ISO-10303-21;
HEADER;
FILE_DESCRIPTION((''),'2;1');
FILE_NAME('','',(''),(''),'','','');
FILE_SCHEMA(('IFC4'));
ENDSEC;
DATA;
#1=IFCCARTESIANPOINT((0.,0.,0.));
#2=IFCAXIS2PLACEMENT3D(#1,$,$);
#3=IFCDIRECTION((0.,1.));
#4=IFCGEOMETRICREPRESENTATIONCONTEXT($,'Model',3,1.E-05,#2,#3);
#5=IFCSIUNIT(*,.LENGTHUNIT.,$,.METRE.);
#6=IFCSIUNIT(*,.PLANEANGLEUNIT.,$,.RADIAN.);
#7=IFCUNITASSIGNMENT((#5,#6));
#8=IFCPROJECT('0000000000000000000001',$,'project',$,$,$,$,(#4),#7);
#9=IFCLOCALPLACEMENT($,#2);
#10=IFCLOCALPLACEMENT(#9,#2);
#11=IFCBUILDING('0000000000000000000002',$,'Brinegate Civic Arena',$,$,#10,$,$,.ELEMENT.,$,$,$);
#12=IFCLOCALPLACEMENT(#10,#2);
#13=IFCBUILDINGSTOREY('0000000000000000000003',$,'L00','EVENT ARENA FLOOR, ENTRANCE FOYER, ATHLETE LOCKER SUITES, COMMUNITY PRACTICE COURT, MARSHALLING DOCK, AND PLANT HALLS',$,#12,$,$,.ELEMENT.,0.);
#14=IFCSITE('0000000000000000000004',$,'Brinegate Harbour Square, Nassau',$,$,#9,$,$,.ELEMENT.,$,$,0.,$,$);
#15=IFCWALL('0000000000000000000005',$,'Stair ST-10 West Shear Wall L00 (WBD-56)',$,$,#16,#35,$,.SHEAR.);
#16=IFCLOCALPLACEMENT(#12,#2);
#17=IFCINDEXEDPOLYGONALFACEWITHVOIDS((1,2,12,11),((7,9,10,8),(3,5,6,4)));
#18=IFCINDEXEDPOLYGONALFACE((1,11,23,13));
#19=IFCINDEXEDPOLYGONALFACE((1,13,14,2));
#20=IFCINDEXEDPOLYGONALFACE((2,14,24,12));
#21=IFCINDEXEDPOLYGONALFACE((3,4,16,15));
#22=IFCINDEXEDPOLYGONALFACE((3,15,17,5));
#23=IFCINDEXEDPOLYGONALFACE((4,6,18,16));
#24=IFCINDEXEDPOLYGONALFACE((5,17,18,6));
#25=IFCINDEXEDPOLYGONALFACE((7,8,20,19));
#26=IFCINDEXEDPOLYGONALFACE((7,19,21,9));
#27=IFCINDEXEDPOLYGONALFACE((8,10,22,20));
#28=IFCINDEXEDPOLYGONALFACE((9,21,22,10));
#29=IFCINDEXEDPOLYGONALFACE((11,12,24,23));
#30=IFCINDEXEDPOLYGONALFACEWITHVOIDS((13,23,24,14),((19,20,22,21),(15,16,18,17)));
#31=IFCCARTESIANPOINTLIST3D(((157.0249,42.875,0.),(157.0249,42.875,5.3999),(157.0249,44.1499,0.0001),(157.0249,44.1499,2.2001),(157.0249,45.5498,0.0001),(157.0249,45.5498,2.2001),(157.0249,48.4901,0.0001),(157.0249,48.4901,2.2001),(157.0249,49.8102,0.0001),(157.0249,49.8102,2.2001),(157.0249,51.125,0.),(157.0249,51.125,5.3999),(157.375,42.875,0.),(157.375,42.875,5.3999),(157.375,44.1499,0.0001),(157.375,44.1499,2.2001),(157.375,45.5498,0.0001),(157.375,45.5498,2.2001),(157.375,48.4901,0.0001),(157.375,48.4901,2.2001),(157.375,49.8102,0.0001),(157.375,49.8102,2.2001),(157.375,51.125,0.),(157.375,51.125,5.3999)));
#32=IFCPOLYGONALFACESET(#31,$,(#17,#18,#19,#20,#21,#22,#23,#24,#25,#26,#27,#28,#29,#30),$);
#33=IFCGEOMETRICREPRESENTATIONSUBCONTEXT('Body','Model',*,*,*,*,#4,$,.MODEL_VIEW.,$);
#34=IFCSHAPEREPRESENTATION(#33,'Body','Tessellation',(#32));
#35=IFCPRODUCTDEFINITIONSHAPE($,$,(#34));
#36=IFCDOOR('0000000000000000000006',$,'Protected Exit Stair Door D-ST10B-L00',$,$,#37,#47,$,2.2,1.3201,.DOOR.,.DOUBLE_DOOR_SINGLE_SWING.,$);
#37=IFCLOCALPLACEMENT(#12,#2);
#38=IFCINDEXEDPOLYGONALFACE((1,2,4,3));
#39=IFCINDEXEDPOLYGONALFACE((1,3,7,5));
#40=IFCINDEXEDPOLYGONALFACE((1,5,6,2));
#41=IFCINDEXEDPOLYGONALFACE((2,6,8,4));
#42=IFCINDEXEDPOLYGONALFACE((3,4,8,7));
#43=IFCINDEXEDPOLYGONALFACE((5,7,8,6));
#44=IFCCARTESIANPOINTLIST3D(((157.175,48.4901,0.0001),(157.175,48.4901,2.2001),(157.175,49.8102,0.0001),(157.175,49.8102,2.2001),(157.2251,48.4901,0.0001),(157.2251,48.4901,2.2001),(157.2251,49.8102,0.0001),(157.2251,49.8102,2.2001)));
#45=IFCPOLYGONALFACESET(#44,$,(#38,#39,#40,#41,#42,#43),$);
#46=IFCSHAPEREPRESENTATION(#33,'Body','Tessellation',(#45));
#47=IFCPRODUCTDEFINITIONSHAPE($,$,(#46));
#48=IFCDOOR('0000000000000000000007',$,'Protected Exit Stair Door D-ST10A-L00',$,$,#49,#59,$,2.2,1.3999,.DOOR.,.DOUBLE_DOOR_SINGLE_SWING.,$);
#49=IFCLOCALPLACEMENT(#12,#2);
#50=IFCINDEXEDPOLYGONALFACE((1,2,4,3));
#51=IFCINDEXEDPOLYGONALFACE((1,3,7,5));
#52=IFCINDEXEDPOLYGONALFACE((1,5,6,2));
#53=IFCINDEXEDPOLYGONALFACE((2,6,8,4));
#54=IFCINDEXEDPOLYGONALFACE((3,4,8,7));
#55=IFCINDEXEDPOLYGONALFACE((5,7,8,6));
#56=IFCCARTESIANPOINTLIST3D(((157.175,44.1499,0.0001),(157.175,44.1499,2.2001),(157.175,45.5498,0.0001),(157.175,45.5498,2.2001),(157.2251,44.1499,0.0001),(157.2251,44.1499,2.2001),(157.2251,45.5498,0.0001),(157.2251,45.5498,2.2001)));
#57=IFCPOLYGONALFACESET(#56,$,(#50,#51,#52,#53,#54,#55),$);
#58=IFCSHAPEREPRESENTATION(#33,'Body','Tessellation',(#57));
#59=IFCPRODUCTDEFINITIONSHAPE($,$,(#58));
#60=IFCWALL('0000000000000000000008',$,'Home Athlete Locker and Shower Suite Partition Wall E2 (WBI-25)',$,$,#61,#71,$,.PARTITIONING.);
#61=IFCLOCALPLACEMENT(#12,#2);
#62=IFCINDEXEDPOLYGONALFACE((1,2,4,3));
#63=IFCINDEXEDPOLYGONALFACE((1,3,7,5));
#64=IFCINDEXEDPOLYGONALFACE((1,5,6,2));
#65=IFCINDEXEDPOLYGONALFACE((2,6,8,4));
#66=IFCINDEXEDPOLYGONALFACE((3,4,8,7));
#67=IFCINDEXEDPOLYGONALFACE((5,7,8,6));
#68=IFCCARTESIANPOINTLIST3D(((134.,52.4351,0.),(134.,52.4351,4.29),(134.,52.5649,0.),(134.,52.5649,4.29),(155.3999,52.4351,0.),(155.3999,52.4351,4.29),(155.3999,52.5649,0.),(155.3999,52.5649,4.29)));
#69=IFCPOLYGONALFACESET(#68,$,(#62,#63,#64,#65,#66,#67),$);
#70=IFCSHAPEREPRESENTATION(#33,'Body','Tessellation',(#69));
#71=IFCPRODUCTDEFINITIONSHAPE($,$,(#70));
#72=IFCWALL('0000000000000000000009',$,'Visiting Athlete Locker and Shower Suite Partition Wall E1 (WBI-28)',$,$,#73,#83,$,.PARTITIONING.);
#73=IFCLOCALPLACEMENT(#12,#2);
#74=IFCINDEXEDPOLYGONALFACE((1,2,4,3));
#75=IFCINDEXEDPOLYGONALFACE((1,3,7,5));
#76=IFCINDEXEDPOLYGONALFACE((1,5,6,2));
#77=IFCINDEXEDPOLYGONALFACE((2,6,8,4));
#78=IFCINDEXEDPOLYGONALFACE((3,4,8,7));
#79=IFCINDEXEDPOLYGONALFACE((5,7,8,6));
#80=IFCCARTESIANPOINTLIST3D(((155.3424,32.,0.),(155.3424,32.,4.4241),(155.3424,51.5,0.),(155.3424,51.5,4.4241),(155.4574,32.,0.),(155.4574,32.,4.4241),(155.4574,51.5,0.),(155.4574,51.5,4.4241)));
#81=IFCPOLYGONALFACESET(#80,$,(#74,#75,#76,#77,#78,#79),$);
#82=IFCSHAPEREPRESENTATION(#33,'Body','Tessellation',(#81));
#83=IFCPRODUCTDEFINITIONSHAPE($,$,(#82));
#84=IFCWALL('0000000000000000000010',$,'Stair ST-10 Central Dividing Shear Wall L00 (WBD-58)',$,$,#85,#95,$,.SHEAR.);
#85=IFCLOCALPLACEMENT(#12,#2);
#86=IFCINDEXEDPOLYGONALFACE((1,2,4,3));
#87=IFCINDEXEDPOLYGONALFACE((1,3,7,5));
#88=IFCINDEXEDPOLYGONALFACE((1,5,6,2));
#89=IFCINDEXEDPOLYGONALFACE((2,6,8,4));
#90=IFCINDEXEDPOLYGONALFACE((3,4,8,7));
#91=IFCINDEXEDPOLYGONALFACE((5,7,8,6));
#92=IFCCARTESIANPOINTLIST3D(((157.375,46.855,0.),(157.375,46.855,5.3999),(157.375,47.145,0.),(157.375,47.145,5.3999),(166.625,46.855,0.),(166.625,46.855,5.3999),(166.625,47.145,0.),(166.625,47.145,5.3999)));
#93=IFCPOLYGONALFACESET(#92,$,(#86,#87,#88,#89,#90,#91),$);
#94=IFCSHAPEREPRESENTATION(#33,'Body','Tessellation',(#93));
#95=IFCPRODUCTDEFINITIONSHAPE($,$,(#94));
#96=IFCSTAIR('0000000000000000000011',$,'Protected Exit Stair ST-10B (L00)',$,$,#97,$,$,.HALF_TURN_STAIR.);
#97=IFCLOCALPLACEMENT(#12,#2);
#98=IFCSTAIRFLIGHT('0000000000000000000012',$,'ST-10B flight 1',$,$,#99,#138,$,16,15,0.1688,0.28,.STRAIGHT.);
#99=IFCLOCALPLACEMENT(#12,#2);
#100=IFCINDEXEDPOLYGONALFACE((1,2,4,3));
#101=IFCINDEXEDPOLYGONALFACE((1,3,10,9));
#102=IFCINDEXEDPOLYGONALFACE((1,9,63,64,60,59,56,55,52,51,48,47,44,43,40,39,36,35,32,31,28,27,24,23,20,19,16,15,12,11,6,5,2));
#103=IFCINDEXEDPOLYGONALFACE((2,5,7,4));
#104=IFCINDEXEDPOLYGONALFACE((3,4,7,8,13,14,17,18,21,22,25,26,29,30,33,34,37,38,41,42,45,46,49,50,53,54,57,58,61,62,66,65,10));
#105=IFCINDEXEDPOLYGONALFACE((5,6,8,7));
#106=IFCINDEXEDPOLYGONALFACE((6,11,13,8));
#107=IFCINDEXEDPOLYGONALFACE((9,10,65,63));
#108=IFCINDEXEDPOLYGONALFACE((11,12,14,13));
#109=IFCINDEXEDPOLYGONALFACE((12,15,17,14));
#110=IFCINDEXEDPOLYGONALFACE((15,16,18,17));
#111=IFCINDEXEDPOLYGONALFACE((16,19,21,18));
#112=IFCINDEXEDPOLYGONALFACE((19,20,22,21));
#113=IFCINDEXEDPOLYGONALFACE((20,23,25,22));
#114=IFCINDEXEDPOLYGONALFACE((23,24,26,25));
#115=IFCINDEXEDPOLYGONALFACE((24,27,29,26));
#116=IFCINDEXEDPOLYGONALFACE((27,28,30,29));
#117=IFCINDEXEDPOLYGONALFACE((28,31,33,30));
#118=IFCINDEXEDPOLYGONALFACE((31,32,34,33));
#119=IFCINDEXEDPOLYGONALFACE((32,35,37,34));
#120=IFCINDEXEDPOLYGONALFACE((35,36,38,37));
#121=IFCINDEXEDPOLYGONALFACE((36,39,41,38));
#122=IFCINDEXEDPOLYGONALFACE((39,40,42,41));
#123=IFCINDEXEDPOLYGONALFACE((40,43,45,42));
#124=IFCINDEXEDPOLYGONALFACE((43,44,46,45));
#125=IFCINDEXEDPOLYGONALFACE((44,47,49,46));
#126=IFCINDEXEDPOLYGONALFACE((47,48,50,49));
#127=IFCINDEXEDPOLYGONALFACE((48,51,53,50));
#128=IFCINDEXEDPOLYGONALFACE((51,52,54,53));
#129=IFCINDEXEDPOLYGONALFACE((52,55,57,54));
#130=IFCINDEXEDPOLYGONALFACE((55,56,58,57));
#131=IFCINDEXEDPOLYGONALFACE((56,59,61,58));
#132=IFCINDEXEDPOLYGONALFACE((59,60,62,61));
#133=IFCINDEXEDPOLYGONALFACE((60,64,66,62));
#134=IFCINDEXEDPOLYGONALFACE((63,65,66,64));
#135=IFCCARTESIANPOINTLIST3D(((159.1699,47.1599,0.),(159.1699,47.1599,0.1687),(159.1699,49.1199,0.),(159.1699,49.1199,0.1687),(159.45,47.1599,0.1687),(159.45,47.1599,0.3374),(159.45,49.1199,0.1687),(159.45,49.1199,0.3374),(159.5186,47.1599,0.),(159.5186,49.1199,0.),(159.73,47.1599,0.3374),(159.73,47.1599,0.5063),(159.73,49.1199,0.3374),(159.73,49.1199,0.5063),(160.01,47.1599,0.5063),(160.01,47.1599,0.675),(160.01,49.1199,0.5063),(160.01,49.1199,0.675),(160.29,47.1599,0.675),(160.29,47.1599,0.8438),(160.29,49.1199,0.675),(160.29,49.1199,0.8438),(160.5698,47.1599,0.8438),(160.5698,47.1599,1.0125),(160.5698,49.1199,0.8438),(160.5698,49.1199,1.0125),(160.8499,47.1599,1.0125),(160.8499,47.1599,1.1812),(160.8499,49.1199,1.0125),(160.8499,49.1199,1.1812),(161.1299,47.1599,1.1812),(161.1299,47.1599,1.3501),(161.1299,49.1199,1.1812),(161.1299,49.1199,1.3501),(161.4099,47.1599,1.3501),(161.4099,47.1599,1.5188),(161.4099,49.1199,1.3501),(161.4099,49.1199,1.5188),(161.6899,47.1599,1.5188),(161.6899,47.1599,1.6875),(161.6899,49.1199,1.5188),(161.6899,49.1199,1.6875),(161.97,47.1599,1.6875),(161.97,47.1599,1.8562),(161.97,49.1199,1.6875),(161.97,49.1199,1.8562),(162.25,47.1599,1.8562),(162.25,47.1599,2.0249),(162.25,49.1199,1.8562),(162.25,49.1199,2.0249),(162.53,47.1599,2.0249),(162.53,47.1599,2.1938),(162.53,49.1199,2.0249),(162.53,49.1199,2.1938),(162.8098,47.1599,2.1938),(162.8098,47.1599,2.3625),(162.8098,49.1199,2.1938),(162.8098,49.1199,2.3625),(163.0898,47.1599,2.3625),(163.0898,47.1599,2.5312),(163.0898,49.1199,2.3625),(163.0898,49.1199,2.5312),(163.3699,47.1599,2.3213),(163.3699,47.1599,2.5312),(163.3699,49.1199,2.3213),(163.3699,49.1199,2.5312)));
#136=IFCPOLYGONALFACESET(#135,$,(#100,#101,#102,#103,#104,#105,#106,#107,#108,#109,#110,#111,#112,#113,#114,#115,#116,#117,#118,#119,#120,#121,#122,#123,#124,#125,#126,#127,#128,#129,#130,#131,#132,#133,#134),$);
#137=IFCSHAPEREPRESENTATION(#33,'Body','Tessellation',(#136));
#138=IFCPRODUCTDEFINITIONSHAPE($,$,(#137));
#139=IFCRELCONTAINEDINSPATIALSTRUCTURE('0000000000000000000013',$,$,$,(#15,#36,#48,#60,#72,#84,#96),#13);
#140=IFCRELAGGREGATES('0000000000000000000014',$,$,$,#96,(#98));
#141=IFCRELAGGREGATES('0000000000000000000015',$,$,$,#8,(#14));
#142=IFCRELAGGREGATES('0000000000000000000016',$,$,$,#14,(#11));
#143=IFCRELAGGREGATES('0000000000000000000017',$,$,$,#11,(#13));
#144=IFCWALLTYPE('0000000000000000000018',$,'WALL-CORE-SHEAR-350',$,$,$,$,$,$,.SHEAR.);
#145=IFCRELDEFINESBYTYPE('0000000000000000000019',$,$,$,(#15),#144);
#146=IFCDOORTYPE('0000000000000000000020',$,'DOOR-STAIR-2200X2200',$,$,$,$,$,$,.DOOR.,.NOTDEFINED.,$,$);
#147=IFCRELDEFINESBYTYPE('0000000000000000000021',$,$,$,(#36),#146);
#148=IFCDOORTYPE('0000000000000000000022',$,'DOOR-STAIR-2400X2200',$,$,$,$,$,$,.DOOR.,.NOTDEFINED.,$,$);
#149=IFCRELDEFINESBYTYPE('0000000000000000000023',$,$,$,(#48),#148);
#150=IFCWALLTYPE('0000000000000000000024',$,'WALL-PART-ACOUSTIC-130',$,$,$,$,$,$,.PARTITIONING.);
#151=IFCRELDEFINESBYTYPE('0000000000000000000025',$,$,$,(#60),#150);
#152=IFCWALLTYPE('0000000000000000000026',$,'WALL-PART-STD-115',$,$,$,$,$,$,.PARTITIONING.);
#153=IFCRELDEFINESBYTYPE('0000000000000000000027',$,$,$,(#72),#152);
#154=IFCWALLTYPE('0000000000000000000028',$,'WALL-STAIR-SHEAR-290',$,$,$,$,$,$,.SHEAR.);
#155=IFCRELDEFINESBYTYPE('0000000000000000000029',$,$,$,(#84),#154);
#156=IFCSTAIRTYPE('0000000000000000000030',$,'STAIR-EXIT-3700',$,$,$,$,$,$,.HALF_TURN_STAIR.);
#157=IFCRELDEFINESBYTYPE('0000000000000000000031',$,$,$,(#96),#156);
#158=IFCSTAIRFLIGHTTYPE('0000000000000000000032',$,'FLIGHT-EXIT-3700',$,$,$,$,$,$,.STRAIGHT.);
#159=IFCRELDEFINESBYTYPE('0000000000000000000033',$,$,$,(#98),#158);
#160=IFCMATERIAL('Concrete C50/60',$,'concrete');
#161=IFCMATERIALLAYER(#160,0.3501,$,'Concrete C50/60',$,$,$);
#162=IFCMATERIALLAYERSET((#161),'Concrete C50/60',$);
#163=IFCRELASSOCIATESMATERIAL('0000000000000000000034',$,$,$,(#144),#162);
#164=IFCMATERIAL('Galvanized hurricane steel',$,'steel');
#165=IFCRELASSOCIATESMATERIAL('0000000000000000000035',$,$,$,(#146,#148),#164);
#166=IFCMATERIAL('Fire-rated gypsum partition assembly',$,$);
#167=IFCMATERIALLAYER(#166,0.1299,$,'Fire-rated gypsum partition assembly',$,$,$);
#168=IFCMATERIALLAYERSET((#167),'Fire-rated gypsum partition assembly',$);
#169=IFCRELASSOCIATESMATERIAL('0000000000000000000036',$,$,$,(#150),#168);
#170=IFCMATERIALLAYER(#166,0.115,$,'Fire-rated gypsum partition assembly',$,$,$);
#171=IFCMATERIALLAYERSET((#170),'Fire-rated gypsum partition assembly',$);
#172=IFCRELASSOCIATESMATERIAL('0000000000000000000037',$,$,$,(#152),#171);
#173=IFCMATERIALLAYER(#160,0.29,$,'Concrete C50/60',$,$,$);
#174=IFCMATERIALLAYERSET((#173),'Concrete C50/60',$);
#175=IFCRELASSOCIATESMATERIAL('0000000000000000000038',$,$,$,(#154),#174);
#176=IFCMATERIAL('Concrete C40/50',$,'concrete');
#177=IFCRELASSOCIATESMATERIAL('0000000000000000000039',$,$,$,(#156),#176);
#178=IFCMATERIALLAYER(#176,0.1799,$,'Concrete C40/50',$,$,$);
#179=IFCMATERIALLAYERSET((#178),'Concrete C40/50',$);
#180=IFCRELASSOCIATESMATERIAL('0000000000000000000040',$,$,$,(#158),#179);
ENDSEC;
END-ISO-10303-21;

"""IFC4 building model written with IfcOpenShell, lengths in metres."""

from ifc_helpers import new_model, si_unit, direction, frame, frame_2d, origin, place, context, subcontext, project, spatial, polyline, rectangle, outline, extrude, material, layer, layer_set, type_object, element, fill, aggregate, save


model = new_model("IFC4")

# Units and contexts
model_context = context("Model", 3, precision=1e-05, world=origin(), true_north=direction((0.0, 1.0)))
body_context = subcontext(model_context, "Body", "Model", "MODEL_VIEW")
ifc_project = project(units=[si_unit("LENGTHUNIT", "METRE"), si_unit("PLANEANGLEUNIT", "RADIAN")], contexts=[model_context])

# Site, building, storey
site_placement = place(None, origin())
site = spatial("IfcSite", under=ifc_project, at=site_placement, Name="Brinegate Harbour Square, Nassau", CompositionType="ELEMENT", RefElevation=0.0)
building_placement = place(site_placement, origin())
building = spatial("IfcBuilding", under=site, at=building_placement, Name="Brinegate Civic Arena", CompositionType="ELEMENT")
storey_placement = place(building_placement, origin())
storey = spatial("IfcBuildingStorey", under=building, at=storey_placement, Name="L00", Description="EVENT ARENA FLOOR, ENTRANCE FOYER, ATHLETE LOCKER SUITES, COMMUNITY PRACTICE COURT, MARSHALLING DOCK, AND PLANT HALLS", CompositionType="ELEMENT", Elevation=0.0)

# Shared definitions
ifc_material_1 = material(Name="Concrete C40/50", Category="concrete")

# Shared definitions
ifc_material_2 = material(Name="Concrete C50/60", Category="concrete")

# Shared definitions
ifc_layer_1 = layer(ifc_material_2, 0.3501, Name="Concrete C50/60")
ifc_layer_set_1 = layer_set([ifc_layer_1], Name="Concrete C50/60")
wall_type_1 = type_object("IfcWallType", Name="WALL-CORE-SHEAR-350", PredefinedType="SHEAR", material=ifc_layer_set_1)

# Wall, openings, doors
wall_1_placement = place(storey_placement, frame((157.2, 42.875, 0.0), z_axis=(0.0, 0.0, 1.0), x_axis=(0.0, 1.0, 0.0)))
wall_1 = element("IfcWall", 1, at=wall_1_placement, inside=storey, type_object=wall_type_1, Name="Stair ST-10 West Shear Wall L00 (WBD-56)", PredefinedType="SHEAR", context=body_context, shape_type="SweptSolid", body=[
    extrude(rectangle(XDim=8.25, YDim=0.3501, at=frame_2d((4.125, 0.0))), origin(), (0.0, 0.0, 1.0), 5.3999),
])
opening_1_placement = place(wall_1_placement, frame((1.2749, 0.0, 0.0)))
opening_1 = element("IfcOpeningElement", 2, at=opening_1_placement, cuts=wall_1, PredefinedType="OPENING", context=body_context, shape_type="SweptSolid", body=[
    extrude(rectangle(XDim=1.3999, YDim=2.2, at=frame_2d((0.7, 1.1001))), frame((0.0, 0.1851, 0.0), z_axis=(0.0, -1.0, 0.0), x_axis=(1.0, 0.0, 0.0)), (0.0, 0.0, 1.0), 0.3701),
])
opening_2_placement = place(wall_1_placement, frame((5.615, 0.0, 0.0)))
opening_2 = element("IfcOpeningElement", 3, at=opening_2_placement, cuts=wall_1, PredefinedType="OPENING", context=body_context, shape_type="SweptSolid", body=[
    extrude(rectangle(XDim=1.3201, YDim=2.2, at=frame_2d((0.6602, 1.1001))), frame((0.0, 0.1851, 0.0), z_axis=(0.0, -1.0, 0.0), x_axis=(1.0, 0.0, 0.0)), (0.0, 0.0, 1.0), 0.3701),
])
ifc_material_3 = material(Name="Galvanized hurricane steel", Category="steel")
door_type_1 = type_object("IfcDoorType", Name="DOOR-STAIR-2200X2200", OperationType="NOTDEFINED", PredefinedType="DOOR", material=ifc_material_3)
door_1_placement = place(opening_2_placement, origin())
door_1 = element("IfcDoor", 4, at=door_1_placement, inside=storey, type_object=door_type_1, Name="Protected Exit Stair Door D-ST10B-L00", OperationType="DOUBLE_DOOR_SINGLE_SWING", OverallHeight=2.2, OverallWidth=1.3201, PredefinedType="DOOR", context=body_context, shape_type="SweptSolid", body=[
    extrude(rectangle(XDim=1.3201, YDim=2.2, at=frame_2d((0.6602, 1.1001))), frame((0.0, 0.0249, 0.0), z_axis=(0.0, -1.0, 0.0), x_axis=(1.0, 0.0, 0.0)), (0.0, 0.0, 1.0), 0.05),
])
fill(opening_2, door_1)
door_type_2 = type_object("IfcDoorType", Name="DOOR-STAIR-2400X2200", OperationType="NOTDEFINED", PredefinedType="DOOR", material=ifc_material_3)
door_2_placement = place(opening_1_placement, origin())
door_2 = element("IfcDoor", 5, at=door_2_placement, inside=storey, type_object=door_type_2, Name="Protected Exit Stair Door D-ST10A-L00", OperationType="DOUBLE_DOOR_SINGLE_SWING", OverallHeight=2.2, OverallWidth=1.3999, PredefinedType="DOOR", context=body_context, shape_type="SweptSolid", body=[
    extrude(rectangle(XDim=1.3999, YDim=2.2, at=frame_2d((0.7, 1.1001))), frame((0.0, 0.0249, 0.0), z_axis=(0.0, -1.0, 0.0), x_axis=(1.0, 0.0, 0.0)), (0.0, 0.0, 1.0), 0.05),
])
fill(opening_1, door_2)

# Walls
ifc_material_4 = material(Name="Fire-rated gypsum partition assembly")
ifc_layer_2 = layer(ifc_material_4, 0.1299, Name="Fire-rated gypsum partition assembly")
ifc_layer_set_2 = layer_set([ifc_layer_2], Name="Fire-rated gypsum partition assembly")
wall_type_2 = type_object("IfcWallType", Name="WALL-PART-ACOUSTIC-130", PredefinedType="PARTITIONING", material=ifc_layer_set_2)
wall_2_placement = place(storey_placement, frame((155.3999, 52.5, 0.0), z_axis=(0.0, 0.0, 1.0), x_axis=(-1.0, 0.0, 0.0)))
element("IfcWall", 6, at=wall_2_placement, inside=storey, type_object=wall_type_2, Name="Home Athlete Locker and Shower Suite Partition Wall E2 (WBI-25)", PredefinedType="PARTITIONING", context=body_context, shape_type="SweptSolid", body=[
    extrude(rectangle(XDim=21.3999, YDim=0.1299, at=frame_2d((10.7, 0.0))), origin(), (0.0, 0.0, 1.0), 4.29),
])
ifc_layer_3 = layer(ifc_material_4, 0.115, Name="Fire-rated gypsum partition assembly")
ifc_layer_set_3 = layer_set([ifc_layer_3], Name="Fire-rated gypsum partition assembly")
wall_type_3 = type_object("IfcWallType", Name="WALL-PART-STD-115", PredefinedType="PARTITIONING", material=ifc_layer_set_3)
wall_3_placement = place(storey_placement, frame((155.3999, 51.5, 0.0), z_axis=(0.0, 0.0, 1.0), x_axis=(0.0, -1.0, 0.0)))
element("IfcWall", 7, at=wall_3_placement, inside=storey, type_object=wall_type_3, Name="Visiting Athlete Locker and Shower Suite Partition Wall E1 (WBI-28)", PredefinedType="PARTITIONING", context=body_context, shape_type="SweptSolid", body=[
    extrude(rectangle(XDim=19.5, YDim=0.115, at=frame_2d((9.75, 0.0))), origin(), (0.0, 0.0, 1.0), 4.4241),
])
ifc_layer_4 = layer(ifc_material_2, 0.29, Name="Concrete C50/60")
ifc_layer_set_4 = layer_set([ifc_layer_4], Name="Concrete C50/60")
wall_type_4 = type_object("IfcWallType", Name="WALL-STAIR-SHEAR-290", PredefinedType="SHEAR", material=ifc_layer_set_4)
wall_4_placement = place(storey_placement, frame((157.375, 47.0, 0.0), z_axis=(0.0, 0.0, 1.0), x_axis=(1.0, 0.0, 0.0)))
element("IfcWall", 8, at=wall_4_placement, inside=storey, type_object=wall_type_4, Name="Stair ST-10 Central Dividing Shear Wall L00 (WBD-58)", PredefinedType="SHEAR", context=body_context, shape_type="SweptSolid", body=[
    extrude(rectangle(XDim=9.25, YDim=0.29, at=frame_2d((4.625, 0.0))), origin(), (0.0, 0.0, 1.0), 5.3999),
])

# Stair, stair flight
stair_type_1 = type_object("IfcStairType", Name="STAIR-EXIT-3700", PredefinedType="HALF_TURN_STAIR", material=ifc_material_1)
stair_1_placement = place(storey_placement, origin())
stair_1 = element("IfcStair", 9, at=stair_1_placement, inside=storey, type_object=stair_type_1, Name="Protected Exit Stair ST-10B (L00)", PredefinedType="HALF_TURN_STAIR")
ifc_layer_5 = layer(ifc_material_1, 0.1799, Name="Concrete C40/50")
ifc_layer_set_5 = layer_set([ifc_layer_5], Name="Concrete C40/50")
stair_flight_type_1 = type_object("IfcStairFlightType", Name="FLIGHT-EXIT-3700", PredefinedType="STRAIGHT", material=ifc_layer_set_5)
stair_flight_1_placement = place(storey_placement, frame((159.1699, 48.1399, 0.0), z_axis=(0.0, 0.0, 1.0), x_axis=(1.0, 0.0, 0.0)))
stair_flight_1 = element("IfcStairFlight", 10, at=stair_flight_1_placement, type_object=stair_flight_type_1, Name="ST-10B flight 1", NumberOfRisers=16, NumberOfTreads=15, PredefinedType="STRAIGHT", RiserHeight=0.1688, TreadLength=0.28, context=body_context, shape_type="SweptSolid", body=[
    extrude(outline(polyline([(0.0, 0.0), (0.0, 0.1687), (0.28, 0.1687), (0.28, 0.3374), (0.5601, 0.3374), (0.5601, 0.5063), (0.8401, 0.5063), (0.8401, 0.675), (1.1201, 0.675), (1.1201, 0.8438), (1.3999, 0.8438), (1.3999, 1.0125), (1.6799, 1.0125), (1.6799, 1.1812), (1.96, 1.1812), (1.96, 1.3501), (2.24, 1.3501), (2.24, 1.5188), (2.52, 1.5188), (2.52, 1.6875), (2.8, 1.6875), (2.8, 1.8562), (3.0801, 1.8562), (3.0801, 2.0249), (3.3601, 2.0249), (3.3601, 2.1938), (3.6399, 2.1938), (3.6399, 2.3625), (3.9199, 2.3625), (3.9199, 2.5312), (4.2, 2.5312), (4.2, 2.7), (4.2, 2.3213), (0.3486, 0.0), (0.0, 0.0)])), frame((0.0, 0.98, 0.0), z_axis=(0.0, -1.0, 0.0), x_axis=(1.0, 0.0, 0.0)), (0.0, 0.0, 1.0), 1.96),
])
aggregate(stair_1, [stair_flight_1])

save(model, "model.ifc")
